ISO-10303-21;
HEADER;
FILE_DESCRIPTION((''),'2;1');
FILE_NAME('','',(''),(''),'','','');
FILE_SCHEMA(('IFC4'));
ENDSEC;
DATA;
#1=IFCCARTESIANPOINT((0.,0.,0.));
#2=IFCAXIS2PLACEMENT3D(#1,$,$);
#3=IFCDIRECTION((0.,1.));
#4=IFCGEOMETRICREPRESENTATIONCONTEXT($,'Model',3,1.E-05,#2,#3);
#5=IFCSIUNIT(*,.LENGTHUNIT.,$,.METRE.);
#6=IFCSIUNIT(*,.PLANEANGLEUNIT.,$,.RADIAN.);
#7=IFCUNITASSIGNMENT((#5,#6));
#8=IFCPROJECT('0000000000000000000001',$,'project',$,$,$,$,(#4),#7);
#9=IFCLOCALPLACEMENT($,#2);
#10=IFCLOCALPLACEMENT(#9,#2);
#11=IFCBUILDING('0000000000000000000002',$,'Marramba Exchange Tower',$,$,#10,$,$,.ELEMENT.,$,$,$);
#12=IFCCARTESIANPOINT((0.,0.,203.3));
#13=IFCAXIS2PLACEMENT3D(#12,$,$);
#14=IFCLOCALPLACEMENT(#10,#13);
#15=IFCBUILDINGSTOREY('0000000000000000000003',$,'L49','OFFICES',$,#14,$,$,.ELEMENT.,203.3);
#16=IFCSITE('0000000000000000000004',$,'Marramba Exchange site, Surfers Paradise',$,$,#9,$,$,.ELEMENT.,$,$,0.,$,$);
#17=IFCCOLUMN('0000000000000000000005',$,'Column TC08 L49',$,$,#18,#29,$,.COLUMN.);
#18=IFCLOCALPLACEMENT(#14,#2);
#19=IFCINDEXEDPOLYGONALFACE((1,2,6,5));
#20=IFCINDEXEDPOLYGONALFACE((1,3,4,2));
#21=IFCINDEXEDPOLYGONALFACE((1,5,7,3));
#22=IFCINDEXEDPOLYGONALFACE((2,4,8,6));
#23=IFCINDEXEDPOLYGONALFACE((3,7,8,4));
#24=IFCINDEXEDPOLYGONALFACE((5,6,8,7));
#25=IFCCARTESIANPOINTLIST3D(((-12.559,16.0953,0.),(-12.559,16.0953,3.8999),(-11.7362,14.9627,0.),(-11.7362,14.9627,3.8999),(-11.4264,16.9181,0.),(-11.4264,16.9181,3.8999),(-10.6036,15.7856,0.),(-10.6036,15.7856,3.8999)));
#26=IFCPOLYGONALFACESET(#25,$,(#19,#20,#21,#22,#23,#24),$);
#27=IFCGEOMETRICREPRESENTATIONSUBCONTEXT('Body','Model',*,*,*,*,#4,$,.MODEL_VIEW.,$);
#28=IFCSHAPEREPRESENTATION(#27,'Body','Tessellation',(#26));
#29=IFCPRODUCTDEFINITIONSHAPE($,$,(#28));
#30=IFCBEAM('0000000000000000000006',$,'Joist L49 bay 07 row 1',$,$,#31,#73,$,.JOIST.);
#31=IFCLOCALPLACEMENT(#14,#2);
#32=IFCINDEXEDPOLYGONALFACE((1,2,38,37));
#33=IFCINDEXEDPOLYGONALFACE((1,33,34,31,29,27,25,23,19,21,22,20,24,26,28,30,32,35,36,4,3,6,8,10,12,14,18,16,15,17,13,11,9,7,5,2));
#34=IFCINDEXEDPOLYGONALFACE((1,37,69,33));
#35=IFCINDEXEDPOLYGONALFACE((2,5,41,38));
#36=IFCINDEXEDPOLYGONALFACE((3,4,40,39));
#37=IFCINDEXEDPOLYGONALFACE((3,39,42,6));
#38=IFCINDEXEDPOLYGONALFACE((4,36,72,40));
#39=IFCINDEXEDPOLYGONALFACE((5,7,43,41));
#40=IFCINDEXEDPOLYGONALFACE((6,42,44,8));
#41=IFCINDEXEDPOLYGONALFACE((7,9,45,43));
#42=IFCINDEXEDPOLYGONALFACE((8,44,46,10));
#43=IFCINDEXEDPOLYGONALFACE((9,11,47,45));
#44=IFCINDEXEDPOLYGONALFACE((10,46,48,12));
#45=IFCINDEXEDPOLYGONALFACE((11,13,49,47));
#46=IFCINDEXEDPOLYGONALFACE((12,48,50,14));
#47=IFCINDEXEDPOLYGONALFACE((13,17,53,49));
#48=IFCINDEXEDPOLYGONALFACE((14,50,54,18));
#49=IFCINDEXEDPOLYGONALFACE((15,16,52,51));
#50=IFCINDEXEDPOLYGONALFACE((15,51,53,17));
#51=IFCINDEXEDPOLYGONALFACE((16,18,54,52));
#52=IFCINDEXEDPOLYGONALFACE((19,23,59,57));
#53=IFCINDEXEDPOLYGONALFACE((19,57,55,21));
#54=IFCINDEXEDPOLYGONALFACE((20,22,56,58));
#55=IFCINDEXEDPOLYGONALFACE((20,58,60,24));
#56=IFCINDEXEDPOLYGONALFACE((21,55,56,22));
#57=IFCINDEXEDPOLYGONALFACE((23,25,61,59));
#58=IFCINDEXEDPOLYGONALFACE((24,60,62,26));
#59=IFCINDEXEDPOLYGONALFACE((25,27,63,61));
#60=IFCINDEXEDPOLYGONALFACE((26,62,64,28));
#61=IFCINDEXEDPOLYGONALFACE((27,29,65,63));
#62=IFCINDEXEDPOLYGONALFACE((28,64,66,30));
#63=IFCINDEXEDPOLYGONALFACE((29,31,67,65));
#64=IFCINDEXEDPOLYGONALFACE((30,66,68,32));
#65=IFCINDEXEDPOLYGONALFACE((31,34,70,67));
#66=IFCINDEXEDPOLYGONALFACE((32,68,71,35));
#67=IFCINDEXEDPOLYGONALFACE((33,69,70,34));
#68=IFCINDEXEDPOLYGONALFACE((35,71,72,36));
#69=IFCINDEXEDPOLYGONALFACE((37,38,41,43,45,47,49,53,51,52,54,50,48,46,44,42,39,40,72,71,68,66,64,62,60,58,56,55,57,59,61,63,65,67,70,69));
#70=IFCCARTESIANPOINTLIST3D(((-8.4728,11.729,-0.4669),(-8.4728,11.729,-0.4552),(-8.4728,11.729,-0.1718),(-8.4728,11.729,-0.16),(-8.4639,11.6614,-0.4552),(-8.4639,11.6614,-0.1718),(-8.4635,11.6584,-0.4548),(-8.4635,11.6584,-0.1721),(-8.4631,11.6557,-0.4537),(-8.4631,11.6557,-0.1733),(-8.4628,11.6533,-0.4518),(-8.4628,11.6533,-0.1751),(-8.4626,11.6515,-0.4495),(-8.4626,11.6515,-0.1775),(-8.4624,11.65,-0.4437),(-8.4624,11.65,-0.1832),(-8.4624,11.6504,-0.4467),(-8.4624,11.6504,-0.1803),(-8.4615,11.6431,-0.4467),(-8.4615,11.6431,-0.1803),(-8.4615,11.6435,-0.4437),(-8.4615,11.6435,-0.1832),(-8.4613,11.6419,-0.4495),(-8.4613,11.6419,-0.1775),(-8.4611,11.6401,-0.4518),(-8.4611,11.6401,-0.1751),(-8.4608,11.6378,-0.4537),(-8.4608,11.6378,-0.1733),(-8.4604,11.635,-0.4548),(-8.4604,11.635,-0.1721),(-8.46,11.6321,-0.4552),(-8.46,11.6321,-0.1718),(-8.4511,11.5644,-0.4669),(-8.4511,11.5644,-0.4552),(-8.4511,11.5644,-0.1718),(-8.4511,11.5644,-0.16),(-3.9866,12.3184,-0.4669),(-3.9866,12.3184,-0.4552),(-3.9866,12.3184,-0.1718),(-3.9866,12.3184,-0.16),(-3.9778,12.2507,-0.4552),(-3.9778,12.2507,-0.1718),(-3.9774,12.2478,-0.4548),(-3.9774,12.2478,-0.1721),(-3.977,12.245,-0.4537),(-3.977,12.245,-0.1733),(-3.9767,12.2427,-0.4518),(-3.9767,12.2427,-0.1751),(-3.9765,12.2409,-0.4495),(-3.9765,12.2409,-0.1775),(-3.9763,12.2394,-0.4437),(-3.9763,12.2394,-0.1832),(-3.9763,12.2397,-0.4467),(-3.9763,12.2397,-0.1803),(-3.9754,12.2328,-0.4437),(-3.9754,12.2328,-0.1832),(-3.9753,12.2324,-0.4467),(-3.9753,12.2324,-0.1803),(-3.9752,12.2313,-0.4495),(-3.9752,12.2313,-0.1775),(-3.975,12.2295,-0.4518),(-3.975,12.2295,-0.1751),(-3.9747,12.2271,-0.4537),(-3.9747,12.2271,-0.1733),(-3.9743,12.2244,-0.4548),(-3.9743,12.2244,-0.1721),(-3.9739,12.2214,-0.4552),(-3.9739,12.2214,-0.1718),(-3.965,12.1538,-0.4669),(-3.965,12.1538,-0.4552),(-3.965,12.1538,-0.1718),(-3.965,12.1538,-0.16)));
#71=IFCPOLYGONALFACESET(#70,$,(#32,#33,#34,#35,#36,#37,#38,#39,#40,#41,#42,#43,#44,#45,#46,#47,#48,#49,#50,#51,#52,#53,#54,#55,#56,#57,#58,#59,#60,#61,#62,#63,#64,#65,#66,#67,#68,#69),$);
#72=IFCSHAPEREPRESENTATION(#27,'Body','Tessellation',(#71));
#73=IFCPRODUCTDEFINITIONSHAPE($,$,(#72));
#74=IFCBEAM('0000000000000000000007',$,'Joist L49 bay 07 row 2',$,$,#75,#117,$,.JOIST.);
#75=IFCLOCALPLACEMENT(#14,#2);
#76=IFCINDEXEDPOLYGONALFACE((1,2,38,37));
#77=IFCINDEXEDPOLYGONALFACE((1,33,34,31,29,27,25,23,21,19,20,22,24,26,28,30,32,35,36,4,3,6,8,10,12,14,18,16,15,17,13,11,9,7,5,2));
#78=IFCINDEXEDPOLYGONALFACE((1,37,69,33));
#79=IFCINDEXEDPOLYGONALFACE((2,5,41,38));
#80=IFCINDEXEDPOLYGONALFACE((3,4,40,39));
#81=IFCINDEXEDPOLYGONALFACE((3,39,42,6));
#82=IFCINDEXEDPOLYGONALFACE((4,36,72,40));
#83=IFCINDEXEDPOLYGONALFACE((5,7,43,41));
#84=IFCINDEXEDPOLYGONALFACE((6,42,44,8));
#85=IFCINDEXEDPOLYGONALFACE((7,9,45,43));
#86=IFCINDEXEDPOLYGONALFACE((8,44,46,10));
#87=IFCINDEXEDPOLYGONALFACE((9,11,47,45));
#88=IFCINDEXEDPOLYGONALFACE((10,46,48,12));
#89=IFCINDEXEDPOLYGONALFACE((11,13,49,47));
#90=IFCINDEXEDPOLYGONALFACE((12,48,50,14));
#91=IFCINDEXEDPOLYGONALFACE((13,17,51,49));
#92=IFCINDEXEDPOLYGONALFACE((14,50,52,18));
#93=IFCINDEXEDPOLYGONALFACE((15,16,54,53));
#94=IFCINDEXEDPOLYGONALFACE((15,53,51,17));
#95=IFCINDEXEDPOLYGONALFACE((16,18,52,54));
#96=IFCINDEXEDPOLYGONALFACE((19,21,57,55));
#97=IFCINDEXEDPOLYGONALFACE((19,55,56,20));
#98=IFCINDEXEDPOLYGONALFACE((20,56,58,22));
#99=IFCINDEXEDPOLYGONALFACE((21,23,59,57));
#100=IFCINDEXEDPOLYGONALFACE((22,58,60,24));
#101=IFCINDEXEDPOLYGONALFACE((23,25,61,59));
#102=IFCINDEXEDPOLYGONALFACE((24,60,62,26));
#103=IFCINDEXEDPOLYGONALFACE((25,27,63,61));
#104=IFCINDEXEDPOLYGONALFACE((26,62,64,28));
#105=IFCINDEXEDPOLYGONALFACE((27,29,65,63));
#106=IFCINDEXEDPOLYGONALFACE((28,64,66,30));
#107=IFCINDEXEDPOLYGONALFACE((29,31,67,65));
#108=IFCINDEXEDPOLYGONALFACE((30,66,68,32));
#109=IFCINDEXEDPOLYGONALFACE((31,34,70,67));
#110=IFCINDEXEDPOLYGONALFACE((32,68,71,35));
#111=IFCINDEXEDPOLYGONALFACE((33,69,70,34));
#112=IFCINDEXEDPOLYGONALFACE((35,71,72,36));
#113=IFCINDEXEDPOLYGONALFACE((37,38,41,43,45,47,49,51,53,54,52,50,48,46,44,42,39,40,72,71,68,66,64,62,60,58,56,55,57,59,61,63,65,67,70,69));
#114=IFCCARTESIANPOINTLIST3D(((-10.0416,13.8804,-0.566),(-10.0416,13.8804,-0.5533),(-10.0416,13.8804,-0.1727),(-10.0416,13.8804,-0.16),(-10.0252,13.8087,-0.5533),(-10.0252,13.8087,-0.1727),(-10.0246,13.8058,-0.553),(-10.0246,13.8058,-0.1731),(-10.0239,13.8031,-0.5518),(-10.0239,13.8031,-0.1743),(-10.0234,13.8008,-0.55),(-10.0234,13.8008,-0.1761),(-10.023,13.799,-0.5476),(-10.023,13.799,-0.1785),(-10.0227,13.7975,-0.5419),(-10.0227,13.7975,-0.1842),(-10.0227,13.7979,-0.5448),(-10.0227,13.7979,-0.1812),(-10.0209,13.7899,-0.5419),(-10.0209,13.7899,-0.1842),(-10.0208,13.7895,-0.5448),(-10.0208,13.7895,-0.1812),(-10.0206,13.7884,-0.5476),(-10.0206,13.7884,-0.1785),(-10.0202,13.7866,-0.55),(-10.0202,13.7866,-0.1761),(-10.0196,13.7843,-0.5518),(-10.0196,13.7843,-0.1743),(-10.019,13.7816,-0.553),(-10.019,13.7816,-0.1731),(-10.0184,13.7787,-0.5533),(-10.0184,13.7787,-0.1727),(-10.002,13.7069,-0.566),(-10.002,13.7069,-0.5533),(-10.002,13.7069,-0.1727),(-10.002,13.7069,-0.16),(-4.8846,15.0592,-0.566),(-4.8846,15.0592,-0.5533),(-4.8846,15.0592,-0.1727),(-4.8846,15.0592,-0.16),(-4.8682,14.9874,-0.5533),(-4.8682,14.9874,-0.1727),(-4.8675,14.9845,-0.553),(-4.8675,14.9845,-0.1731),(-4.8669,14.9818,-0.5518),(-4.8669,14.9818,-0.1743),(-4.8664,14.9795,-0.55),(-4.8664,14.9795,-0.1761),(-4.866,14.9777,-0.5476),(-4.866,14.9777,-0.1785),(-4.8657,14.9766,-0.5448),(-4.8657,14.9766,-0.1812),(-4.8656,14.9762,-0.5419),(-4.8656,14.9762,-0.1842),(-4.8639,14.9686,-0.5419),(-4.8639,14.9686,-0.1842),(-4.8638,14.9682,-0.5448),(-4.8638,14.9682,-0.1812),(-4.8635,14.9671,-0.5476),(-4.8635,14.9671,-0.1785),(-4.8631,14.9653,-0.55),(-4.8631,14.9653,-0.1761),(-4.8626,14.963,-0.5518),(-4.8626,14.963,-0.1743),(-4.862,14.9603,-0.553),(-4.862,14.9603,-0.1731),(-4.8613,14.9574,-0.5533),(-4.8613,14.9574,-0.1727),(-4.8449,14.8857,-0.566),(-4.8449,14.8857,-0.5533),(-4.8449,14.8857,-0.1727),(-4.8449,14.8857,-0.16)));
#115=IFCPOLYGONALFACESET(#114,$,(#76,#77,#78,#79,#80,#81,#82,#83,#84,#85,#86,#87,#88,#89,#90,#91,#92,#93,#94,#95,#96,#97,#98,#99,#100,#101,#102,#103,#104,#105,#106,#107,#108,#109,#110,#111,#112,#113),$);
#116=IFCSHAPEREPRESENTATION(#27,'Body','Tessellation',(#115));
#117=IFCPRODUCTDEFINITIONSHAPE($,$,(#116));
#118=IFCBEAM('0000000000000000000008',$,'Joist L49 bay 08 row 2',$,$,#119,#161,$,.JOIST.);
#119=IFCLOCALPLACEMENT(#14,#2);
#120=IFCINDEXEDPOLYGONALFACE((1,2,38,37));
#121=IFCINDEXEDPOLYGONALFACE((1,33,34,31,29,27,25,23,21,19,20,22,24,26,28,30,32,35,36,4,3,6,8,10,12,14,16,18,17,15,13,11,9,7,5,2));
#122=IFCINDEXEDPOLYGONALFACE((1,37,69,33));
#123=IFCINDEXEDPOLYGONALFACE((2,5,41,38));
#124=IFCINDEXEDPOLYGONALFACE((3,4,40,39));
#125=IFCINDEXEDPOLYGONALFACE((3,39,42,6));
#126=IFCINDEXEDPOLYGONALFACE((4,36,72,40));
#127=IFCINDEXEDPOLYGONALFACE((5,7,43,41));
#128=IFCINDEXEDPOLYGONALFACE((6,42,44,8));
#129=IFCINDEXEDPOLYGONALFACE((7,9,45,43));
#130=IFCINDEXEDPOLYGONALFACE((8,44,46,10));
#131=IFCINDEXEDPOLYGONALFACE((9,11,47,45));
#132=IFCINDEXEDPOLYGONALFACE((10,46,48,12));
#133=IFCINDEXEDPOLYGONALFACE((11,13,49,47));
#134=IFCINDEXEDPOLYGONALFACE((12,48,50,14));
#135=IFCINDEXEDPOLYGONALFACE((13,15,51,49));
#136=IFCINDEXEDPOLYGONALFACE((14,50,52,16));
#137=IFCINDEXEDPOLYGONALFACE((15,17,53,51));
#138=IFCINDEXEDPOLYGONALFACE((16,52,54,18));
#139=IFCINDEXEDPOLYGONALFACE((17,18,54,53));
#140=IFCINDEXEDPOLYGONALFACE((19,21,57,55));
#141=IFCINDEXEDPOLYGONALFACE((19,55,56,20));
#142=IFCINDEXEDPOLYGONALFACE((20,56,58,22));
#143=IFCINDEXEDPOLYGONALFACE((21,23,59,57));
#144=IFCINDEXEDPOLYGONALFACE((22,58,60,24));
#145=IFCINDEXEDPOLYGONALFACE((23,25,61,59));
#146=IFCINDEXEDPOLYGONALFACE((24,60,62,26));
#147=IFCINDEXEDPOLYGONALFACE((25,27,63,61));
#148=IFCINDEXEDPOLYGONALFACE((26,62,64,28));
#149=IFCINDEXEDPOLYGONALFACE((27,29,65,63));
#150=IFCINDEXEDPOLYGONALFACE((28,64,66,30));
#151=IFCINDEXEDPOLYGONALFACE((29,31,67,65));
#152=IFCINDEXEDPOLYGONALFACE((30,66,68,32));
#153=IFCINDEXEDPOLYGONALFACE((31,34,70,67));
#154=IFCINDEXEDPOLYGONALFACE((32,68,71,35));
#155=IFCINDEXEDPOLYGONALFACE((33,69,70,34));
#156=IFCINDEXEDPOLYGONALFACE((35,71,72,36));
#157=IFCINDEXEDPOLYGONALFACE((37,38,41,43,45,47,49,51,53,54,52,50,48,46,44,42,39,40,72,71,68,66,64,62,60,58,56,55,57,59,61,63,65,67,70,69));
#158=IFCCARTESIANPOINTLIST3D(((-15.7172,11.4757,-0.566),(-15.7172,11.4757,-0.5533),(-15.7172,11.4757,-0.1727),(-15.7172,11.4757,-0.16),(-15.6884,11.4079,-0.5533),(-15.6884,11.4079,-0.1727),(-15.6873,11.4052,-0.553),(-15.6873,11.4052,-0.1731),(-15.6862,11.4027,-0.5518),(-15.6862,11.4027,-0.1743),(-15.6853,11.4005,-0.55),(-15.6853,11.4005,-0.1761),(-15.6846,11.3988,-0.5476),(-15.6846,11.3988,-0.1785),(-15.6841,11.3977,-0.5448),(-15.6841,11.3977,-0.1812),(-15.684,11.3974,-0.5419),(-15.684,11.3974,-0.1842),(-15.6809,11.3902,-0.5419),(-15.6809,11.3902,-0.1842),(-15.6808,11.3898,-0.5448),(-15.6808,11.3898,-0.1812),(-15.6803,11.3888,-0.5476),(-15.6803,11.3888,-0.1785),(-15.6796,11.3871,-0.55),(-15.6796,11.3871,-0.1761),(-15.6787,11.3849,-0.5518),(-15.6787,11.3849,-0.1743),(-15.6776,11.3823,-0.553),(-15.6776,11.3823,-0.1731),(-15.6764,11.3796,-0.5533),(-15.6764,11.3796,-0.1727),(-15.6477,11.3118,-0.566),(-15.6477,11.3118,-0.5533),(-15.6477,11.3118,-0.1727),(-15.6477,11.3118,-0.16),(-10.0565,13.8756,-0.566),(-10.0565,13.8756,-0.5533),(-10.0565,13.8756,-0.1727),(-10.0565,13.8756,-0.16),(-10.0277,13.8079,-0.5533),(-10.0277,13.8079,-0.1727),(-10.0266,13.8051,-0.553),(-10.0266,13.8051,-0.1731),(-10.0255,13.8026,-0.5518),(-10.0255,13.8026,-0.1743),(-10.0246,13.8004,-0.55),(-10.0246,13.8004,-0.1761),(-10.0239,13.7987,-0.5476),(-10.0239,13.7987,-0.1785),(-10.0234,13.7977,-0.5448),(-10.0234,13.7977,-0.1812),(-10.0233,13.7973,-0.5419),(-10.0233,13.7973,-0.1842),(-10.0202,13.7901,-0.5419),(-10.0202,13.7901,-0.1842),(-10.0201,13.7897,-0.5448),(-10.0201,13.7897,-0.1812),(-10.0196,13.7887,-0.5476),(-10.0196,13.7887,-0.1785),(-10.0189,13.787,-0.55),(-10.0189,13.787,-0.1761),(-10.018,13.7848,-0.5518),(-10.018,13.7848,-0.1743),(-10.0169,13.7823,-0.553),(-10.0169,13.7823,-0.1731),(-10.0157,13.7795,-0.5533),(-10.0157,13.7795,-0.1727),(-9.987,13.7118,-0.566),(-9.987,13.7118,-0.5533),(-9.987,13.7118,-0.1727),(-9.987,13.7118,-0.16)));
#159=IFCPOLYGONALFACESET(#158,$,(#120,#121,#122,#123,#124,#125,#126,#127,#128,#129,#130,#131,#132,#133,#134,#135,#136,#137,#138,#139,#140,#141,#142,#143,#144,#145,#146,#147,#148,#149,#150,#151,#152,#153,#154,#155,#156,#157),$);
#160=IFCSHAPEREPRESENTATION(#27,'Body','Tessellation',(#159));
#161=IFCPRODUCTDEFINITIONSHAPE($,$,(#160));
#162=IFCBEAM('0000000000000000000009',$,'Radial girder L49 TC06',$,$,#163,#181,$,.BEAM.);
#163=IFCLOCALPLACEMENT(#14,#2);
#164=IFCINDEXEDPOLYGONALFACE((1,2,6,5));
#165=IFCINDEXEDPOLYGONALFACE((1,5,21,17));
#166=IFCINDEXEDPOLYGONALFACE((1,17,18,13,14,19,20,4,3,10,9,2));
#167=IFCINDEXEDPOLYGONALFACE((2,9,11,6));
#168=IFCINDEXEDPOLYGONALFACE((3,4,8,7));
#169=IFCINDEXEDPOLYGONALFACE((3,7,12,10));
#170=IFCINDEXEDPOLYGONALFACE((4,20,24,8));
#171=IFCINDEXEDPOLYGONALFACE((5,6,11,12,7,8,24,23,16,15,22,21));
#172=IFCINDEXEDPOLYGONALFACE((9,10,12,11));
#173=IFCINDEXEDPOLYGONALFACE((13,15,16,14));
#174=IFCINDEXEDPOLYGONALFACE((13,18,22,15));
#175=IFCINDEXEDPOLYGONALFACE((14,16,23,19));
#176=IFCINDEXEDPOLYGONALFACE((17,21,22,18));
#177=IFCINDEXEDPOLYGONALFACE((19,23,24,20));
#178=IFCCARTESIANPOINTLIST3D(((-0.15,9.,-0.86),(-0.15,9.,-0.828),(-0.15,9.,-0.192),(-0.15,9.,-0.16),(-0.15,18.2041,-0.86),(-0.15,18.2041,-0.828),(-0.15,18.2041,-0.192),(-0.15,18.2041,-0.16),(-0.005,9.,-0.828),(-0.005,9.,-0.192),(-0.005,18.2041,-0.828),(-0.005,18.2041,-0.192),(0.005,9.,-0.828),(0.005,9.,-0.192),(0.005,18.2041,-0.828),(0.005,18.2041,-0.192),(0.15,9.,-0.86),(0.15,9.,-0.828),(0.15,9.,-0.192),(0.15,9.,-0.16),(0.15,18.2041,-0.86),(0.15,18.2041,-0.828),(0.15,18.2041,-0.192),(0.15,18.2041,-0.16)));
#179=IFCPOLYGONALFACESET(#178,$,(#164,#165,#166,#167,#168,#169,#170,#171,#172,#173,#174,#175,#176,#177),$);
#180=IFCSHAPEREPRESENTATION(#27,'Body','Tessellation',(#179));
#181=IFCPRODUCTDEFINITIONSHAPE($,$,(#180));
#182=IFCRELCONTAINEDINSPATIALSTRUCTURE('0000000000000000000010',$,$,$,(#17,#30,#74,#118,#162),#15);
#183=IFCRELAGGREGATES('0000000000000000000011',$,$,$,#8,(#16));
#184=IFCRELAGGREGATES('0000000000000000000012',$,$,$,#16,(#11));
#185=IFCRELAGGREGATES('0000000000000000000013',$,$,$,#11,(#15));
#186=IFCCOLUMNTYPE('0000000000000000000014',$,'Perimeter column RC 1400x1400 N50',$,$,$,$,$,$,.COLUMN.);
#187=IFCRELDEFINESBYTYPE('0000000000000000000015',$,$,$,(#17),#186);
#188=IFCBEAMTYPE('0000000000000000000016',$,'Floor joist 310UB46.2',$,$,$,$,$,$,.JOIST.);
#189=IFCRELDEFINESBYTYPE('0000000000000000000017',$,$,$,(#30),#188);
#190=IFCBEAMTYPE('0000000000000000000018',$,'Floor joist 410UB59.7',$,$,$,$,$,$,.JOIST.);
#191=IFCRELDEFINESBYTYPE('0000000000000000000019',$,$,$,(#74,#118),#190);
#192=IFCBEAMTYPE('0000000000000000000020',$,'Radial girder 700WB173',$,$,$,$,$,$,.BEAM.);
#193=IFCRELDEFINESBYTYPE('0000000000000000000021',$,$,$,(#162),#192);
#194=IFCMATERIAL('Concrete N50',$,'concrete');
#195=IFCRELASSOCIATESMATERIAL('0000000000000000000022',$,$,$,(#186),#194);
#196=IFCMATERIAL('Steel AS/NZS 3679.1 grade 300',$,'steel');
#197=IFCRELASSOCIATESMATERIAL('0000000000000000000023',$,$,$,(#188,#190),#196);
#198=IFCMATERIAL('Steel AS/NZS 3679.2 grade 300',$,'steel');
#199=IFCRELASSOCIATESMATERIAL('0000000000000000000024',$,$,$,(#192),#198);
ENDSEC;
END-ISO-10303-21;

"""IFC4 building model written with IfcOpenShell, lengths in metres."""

from ifc_helpers import new_model, si_unit, direction, frame, origin, origin_2d, place, context, subcontext, project, spatial, rectangle, i_section, extrude, material, material_profile, profile_set, type_object, element, save


model = new_model("IFC4")

# Units and contexts
model_context = context("Model", 3, precision=1e-05, world=origin(), true_north=direction((0.0, 1.0)))
body_context = subcontext(model_context, "Body", "Model", "MODEL_VIEW")
ifc_project = project(units=[si_unit("LENGTHUNIT", "METRE"), si_unit("PLANEANGLEUNIT", "RADIAN")], contexts=[model_context])

# Site, building, storey
site_placement = place(None, origin())
site = spatial("IfcSite", under=ifc_project, at=site_placement, Name="Marramba Exchange site, Surfers Paradise", CompositionType="ELEMENT", RefElevation=0.0)
building_placement = place(site_placement, origin())
building = spatial("IfcBuilding", under=site, at=building_placement, Name="Marramba Exchange Tower", CompositionType="ELEMENT")
storey_placement = place(building_placement, frame((0.0, 0.0, 203.3)))
storey = spatial("IfcBuildingStorey", under=building, at=storey_placement, Name="L49", Description="OFFICES", CompositionType="ELEMENT", Elevation=203.3)

# Column
ifc_material_1 = material(Name="Concrete N50", Category="concrete")
ifc_material_profile_1 = material_profile(ifc_material_1, rectangle(XDim=1.3999, YDim=1.3999, at=origin_2d()), Name="RC 1400x1400")
ifc_profile_set_1 = profile_set([ifc_material_profile_1], Name="Concrete N50")
column_type = type_object("IfcColumnType", Name="Perimeter column RC 1400x1400 N50", PredefinedType="COLUMN", material=ifc_profile_set_1)
column_placement = place(storey_placement, frame((-11.5813, 15.9404, 0.0), z_axis=(0.0, 0.0, 1.0), x_axis=(-0.587785, 0.809017, 0.0)))
element("IfcColumn", 1, at=column_placement, inside=storey, type_object=column_type, Name="Column TC08 L49", PredefinedType="COLUMN", context=body_context, shape_type="SweptSolid", body=[
    extrude(rectangle(XDim=1.3999, YDim=1.3999, at=origin_2d()), origin(), (0.0, 0.0, 1.0), 3.8999),
])

# Beams
ifc_material_2 = material(Name="Steel AS/NZS 3679.1 grade 300", Category="steel")
ifc_material_profile_2 = material_profile(ifc_material_2, i_section(OverallWidth=0.166, OverallDepth=0.3069, WebThickness=0.0066, FlangeThickness=0.0117, FilletRadius=0.0115, at=origin_2d()), Name="310UB46.2")
ifc_profile_set_2 = profile_set([ifc_material_profile_2], Name="Steel AS/NZS 3679.1 grade 300")
beam_type_1 = type_object("IfcBeamType", Name="Floor joist 310UB46.2", PredefinedType="JOIST", material=ifc_profile_set_2)
beam_1_placement = place(storey_placement, frame((-3.9758, 12.2361, -0.3135), z_axis=(-0.991481, -0.130255, 0.0), x_axis=(0.130255, -0.991481, 0.0)))
element("IfcBeam", 2, at=beam_1_placement, inside=storey, type_object=beam_type_1, Name="Joist L49 bay 07 row 1", PredefinedType="JOIST", context=body_context, shape_type="SweptSolid", body=[
    extrude(i_section(OverallWidth=0.166, OverallDepth=0.3069, WebThickness=0.0066, FlangeThickness=0.0117, FilletRadius=0.0115, at=origin_2d()), origin(), (0.0, 0.0, 1.0), 4.5247),
])
ifc_material_profile_3 = material_profile(ifc_material_2, i_section(OverallWidth=0.178, OverallDepth=0.406, WebThickness=0.0078, FlangeThickness=0.0127, FilletRadius=0.0115, at=origin_2d()), Name="410UB59.7")
ifc_profile_set_3 = profile_set([ifc_material_profile_3], Name="Steel AS/NZS 3679.1 grade 300")
beam_type_2 = type_object("IfcBeamType", Name="Floor joist 410UB59.7", PredefinedType="JOIST", material=ifc_profile_set_3)
beam_2_placement = place(storey_placement, frame((-4.8647, 14.9724, -0.363), z_axis=(-0.97486, -0.22282, 0.0), x_axis=(0.22282, -0.97486, 0.0)))
element("IfcBeam", 3, at=beam_2_placement, inside=storey, type_object=beam_type_2, Name="Joist L49 bay 07 row 2", PredefinedType="JOIST", context=body_context, shape_type="SweptSolid", body=[
    extrude(i_section(OverallWidth=0.178, OverallDepth=0.406, WebThickness=0.0078, FlangeThickness=0.0127, FilletRadius=0.0115, at=origin_2d()), origin(), (0.0, 0.0, 1.0), 5.29),
])
beam_3_placement = place(storey_placement, frame((-10.0217, 13.7937, -0.363), z_axis=(-0.920674, -0.390332, 0.0), x_axis=(0.390332, -0.920674, 0.0)))
element("IfcBeam", 4, at=beam_3_placement, inside=storey, type_object=beam_type_2, Name="Joist L49 bay 08 row 2", PredefinedType="JOIST", context=body_context, shape_type="SweptSolid", body=[
    extrude(i_section(OverallWidth=0.178, OverallDepth=0.406, WebThickness=0.0078, FlangeThickness=0.0127, FilletRadius=0.0115, at=origin_2d()), origin(), (0.0, 0.0, 1.0), 6.1484),
])
ifc_material_3 = material(Name="Steel AS/NZS 3679.2 grade 300", Category="steel")
ifc_material_profile_4 = material_profile(ifc_material_3, i_section(OverallWidth=0.3, OverallDepth=0.7, WebThickness=0.01, FlangeThickness=0.032, at=origin_2d()), Name="700WB173")
ifc_profile_set_4 = profile_set([ifc_material_profile_4], Name="Steel AS/NZS 3679.2 grade 300")
beam_type_3 = type_object("IfcBeamType", Name="Radial girder 700WB173", PredefinedType="BEAM", material=ifc_profile_set_4)
beam_4_placement = place(storey_placement, frame((0.0, 9.0, -0.51), z_axis=(0.0, 1.0, 0.0), x_axis=(-1.0, 0.0, 0.0)))
element("IfcBeam", 5, at=beam_4_placement, inside=storey, type_object=beam_type_3, Name="Radial girder L49 TC06", PredefinedType="BEAM", context=body_context, shape_type="SweptSolid", body=[
    extrude(i_section(OverallWidth=0.3, OverallDepth=0.7, WebThickness=0.01, FlangeThickness=0.032, at=origin_2d()), origin(), (0.0, 0.0, 1.0), 9.2041),
])

save(model, "model.ifc")
